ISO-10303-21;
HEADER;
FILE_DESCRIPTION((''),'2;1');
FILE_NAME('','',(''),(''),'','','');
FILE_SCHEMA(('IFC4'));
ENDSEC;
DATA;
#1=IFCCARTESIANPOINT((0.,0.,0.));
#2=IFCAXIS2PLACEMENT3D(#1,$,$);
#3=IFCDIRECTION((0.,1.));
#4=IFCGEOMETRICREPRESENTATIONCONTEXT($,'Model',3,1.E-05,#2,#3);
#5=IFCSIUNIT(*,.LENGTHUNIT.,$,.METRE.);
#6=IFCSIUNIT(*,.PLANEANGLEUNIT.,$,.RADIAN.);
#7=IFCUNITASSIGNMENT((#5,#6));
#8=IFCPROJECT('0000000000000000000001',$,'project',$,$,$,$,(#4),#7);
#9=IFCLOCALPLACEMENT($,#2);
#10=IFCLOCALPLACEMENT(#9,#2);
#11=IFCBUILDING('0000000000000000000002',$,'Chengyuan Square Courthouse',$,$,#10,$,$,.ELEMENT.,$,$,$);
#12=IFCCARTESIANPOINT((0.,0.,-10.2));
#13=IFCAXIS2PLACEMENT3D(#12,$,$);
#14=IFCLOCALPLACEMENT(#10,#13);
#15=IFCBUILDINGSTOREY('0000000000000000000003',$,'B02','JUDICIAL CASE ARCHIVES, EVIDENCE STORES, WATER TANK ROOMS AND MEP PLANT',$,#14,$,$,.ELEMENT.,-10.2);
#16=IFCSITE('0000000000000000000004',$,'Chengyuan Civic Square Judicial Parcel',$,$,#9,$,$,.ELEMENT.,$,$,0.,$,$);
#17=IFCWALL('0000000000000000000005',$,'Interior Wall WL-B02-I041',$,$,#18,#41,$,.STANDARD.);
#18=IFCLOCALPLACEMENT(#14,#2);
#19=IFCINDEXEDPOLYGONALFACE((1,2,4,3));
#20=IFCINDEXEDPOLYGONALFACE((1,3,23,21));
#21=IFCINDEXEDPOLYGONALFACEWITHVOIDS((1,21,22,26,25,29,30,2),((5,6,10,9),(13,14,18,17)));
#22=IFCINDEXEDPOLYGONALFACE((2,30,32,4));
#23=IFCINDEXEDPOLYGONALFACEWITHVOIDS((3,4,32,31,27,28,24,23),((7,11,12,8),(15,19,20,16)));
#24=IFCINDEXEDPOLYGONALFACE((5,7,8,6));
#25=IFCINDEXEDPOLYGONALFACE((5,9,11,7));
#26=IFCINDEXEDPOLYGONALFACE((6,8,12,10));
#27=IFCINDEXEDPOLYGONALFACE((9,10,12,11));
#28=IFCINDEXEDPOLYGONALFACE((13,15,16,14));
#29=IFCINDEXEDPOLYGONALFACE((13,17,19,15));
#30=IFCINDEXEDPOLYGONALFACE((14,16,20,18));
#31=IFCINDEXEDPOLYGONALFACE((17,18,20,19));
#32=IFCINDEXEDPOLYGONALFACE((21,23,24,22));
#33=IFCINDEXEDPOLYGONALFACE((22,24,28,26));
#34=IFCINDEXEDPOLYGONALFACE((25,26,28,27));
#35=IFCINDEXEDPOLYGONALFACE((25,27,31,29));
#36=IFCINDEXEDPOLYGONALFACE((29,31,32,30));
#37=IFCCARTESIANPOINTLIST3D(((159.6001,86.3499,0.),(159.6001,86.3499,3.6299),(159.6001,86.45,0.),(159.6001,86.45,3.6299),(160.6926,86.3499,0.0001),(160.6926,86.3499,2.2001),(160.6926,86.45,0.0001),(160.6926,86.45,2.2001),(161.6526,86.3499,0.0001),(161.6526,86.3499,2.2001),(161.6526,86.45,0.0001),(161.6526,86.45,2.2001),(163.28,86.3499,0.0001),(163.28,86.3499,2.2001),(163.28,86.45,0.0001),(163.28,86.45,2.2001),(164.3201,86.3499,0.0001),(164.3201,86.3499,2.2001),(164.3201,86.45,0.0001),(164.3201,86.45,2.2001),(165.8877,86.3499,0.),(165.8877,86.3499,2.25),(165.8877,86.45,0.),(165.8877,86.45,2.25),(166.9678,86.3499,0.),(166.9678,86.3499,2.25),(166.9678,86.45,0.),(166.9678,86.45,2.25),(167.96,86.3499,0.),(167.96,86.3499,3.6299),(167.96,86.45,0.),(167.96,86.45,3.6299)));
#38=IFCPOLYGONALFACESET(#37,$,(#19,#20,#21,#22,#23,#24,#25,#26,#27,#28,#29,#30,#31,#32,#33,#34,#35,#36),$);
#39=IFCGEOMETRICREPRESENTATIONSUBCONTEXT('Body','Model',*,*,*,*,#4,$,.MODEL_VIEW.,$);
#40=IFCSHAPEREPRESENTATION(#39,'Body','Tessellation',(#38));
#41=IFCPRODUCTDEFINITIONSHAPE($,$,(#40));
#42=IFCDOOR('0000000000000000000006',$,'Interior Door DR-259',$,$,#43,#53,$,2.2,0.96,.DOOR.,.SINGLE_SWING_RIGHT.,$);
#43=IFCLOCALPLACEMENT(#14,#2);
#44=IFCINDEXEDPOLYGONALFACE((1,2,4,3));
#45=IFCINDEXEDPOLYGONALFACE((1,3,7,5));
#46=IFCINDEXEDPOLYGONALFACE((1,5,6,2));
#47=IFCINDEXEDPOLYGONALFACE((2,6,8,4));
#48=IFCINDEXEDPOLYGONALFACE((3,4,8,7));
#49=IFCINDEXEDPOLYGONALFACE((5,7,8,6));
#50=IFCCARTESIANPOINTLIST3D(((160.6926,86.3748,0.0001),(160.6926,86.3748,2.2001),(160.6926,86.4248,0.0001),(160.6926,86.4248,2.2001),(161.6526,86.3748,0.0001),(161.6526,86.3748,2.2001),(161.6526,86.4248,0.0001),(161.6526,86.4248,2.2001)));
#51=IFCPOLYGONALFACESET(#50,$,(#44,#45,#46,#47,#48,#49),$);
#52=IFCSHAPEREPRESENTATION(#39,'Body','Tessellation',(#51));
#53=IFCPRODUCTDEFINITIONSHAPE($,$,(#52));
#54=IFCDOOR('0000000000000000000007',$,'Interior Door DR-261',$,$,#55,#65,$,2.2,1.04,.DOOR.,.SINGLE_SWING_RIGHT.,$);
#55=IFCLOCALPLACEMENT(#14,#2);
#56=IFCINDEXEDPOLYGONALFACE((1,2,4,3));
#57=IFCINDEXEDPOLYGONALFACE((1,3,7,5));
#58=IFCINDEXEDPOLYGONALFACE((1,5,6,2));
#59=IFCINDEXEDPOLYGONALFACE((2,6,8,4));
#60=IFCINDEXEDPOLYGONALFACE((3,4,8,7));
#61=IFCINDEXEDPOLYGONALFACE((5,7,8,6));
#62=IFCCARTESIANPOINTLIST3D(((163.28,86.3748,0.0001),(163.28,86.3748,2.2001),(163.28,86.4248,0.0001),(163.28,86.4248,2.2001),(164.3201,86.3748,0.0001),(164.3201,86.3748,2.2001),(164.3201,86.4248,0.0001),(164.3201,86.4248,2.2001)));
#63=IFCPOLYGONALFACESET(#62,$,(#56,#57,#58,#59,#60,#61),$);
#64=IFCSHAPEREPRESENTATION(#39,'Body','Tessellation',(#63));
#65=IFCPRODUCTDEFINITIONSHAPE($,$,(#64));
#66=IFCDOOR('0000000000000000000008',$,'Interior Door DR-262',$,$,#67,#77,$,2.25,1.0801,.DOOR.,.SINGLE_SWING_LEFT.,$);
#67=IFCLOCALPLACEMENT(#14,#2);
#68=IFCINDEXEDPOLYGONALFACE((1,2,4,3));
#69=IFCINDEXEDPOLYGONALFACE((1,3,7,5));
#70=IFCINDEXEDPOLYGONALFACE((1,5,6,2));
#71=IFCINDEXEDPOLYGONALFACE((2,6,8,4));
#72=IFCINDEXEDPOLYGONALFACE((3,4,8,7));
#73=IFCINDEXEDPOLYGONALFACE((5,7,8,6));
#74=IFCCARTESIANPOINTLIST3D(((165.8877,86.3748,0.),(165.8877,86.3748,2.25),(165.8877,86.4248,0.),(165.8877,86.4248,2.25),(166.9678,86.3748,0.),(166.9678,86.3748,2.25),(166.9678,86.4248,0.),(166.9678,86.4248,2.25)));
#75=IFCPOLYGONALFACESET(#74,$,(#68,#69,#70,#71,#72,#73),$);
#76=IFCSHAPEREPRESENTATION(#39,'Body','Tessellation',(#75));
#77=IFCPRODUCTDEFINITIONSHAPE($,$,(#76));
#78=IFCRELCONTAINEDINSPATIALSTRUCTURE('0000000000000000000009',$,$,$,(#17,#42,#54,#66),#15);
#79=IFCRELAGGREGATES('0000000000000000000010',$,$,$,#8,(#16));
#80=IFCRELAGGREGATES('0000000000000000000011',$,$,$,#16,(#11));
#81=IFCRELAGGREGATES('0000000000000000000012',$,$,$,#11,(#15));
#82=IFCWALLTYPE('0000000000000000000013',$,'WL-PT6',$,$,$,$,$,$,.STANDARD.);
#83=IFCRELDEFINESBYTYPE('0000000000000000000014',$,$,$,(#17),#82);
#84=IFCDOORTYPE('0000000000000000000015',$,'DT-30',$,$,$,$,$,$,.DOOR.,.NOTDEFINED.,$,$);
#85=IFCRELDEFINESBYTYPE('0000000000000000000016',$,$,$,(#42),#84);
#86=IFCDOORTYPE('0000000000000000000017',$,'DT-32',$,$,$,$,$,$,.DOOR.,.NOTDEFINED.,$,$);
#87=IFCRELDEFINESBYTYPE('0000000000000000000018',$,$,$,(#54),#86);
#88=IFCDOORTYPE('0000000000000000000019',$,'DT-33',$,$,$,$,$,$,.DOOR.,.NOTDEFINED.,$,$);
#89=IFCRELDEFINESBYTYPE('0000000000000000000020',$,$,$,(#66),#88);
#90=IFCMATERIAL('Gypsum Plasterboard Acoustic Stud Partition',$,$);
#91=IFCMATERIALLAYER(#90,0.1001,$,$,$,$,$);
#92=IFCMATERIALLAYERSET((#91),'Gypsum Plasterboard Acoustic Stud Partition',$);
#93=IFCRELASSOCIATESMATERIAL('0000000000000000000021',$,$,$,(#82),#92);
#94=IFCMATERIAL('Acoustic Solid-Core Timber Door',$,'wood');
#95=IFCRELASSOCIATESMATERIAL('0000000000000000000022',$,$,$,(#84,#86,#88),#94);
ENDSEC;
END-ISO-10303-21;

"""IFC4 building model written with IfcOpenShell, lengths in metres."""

from ifc_helpers import new_model, si_unit, direction, frame, frame_2d, origin, place, context, subcontext, project, spatial, rectangle, extrude, material, layer, layer_set, type_object, element, fill, save


model = new_model("IFC4")

# Units and contexts
model_context = context("Model", 3, precision=1e-05, world=origin(), true_north=direction((0.0, 1.0)))
body_context = subcontext(model_context, "Body", "Model", "MODEL_VIEW")
ifc_project = project(units=[si_unit("LENGTHUNIT", "METRE"), si_unit("PLANEANGLEUNIT", "RADIAN")], contexts=[model_context])

# Site, building, storey
site_placement = place(None, origin())
site = spatial("IfcSite", under=ifc_project, at=site_placement, Name="Chengyuan Civic Square Judicial Parcel", CompositionType="ELEMENT", RefElevation=0.0)
building_placement = place(site_placement, origin())
building = spatial("IfcBuilding", under=site, at=building_placement, Name="Chengyuan Square Courthouse", CompositionType="ELEMENT")
storey_placement = place(building_placement, frame((0.0, 0.0, -10.2)))
storey = spatial("IfcBuildingStorey", under=building, at=storey_placement, Name="B02", Description="JUDICIAL CASE ARCHIVES, EVIDENCE STORES, WATER TANK ROOMS AND MEP PLANT", CompositionType="ELEMENT", Elevation=-10.2)

# Wall, openings, doors
ifc_material_1 = material(Name="Gypsum Plasterboard Acoustic Stud Partition")
ifc_layer_1 = layer(ifc_material_1, 0.1001)
ifc_layer_set_1 = layer_set([ifc_layer_1], Name="Gypsum Plasterboard Acoustic Stud Partition")
wall_type_1 = type_object("IfcWallType", Name="WL-PT6", PredefinedType="STANDARD", material=ifc_layer_set_1)
wall_1_placement = place(storey_placement, frame((159.6001, 86.3999, 0.0), z_axis=(0.0, 0.0, 1.0), x_axis=(1.0, 0.0, 0.0)))
wall_1 = element("IfcWall", 1, at=wall_1_placement, inside=storey, type_object=wall_type_1, Name="Interior Wall WL-B02-I041", PredefinedType="STANDARD", context=body_context, shape_type="SweptSolid", body=[
    extrude(rectangle(XDim=8.3599, YDim=0.1001, at=frame_2d((4.1799, 0.0))), origin(), (0.0, 0.0, 1.0), 3.6299),
])
opening_1_placement = place(wall_1_placement, frame((1.0925, 0.0, 0.0)))
opening_1 = element("IfcOpeningElement", 2, at=opening_1_placement, cuts=wall_1, PredefinedType="OPENING", context=body_context, shape_type="SweptSolid", body=[
    extrude(rectangle(XDim=0.96, YDim=2.2, at=frame_2d((0.48, 1.1001))), frame((0.0, 0.062, 0.0), z_axis=(0.0, -1.0, 0.0), x_axis=(1.0, 0.0, 0.0)), (0.0, 0.0, 1.0), 0.124),
])
opening_2_placement = place(wall_1_placement, frame((3.6799, 0.0, 0.0)))
opening_2 = element("IfcOpeningElement", 3, at=opening_2_placement, cuts=wall_1, PredefinedType="OPENING", context=body_context, shape_type="SweptSolid", body=[
    extrude(rectangle(XDim=1.04, YDim=2.2, at=frame_2d((0.52, 1.1001))), frame((0.0, 0.062, 0.0), z_axis=(0.0, -1.0, 0.0), x_axis=(1.0, 0.0, 0.0)), (0.0, 0.0, 1.0), 0.124),
])
opening_3_placement = place(wall_1_placement, frame((6.2876, 0.0, 0.0)))
opening_3 = element("IfcOpeningElement", 4, at=opening_3_placement, cuts=wall_1, PredefinedType="OPENING", context=body_context, shape_type="SweptSolid", body=[
    extrude(rectangle(XDim=1.0801, YDim=2.25, at=frame_2d((0.54, 1.125))), frame((0.0, 0.062, 0.0), z_axis=(0.0, -1.0, 0.0), x_axis=(1.0, 0.0, 0.0)), (0.0, 0.0, 1.0), 0.124),
])
ifc_material_2 = material(Name="Acoustic Solid-Core Timber Door", Category="wood")
door_type_1 = type_object("IfcDoorType", Name="DT-30", OperationType="NOTDEFINED", PredefinedType="DOOR", material=ifc_material_2)
door_1_placement = place(opening_1_placement, origin())
door_1 = element("IfcDoor", 5, at=door_1_placement, inside=storey, type_object=door_type_1, Name="Interior Door DR-259", OperationType="SINGLE_SWING_RIGHT", OverallHeight=2.2, OverallWidth=0.96, PredefinedType="DOOR", context=body_context, shape_type="SweptSolid", body=[
    extrude(rectangle(XDim=0.96, YDim=2.2, at=frame_2d((0.48, 1.1001))), frame((0.0, 0.0249, 0.0), z_axis=(0.0, -1.0, 0.0), x_axis=(1.0, 0.0, 0.0)), (0.0, 0.0, 1.0), 0.05),
])
fill(opening_1, door_1)
door_type_2 = type_object("IfcDoorType", Name="DT-32", OperationType="NOTDEFINED", PredefinedType="DOOR", material=ifc_material_2)
door_2_placement = place(opening_2_placement, origin())
door_2 = element("IfcDoor", 6, at=door_2_placement, inside=storey, type_object=door_type_2, Name="Interior Door DR-261", OperationType="SINGLE_SWING_RIGHT", OverallHeight=2.2, OverallWidth=1.04, PredefinedType="DOOR", context=body_context, shape_type="SweptSolid", body=[
    extrude(rectangle(XDim=1.04, YDim=2.2, at=frame_2d((0.52, 1.1001))), frame((0.0, 0.0249, 0.0), z_axis=(0.0, -1.0, 0.0), x_axis=(1.0, 0.0, 0.0)), (0.0, 0.0, 1.0), 0.05),
])
fill(opening_2, door_2)
door_type_3 = type_object("IfcDoorType", Name="DT-33", OperationType="NOTDEFINED", PredefinedType="DOOR", material=ifc_material_2)
door_3_placement = place(opening_3_placement, origin())
door_3 = element("IfcDoor", 7, at=door_3_placement, inside=storey, type_object=door_type_3, Name="Interior Door DR-262", OperationType="SINGLE_SWING_LEFT", OverallHeight=2.25, OverallWidth=1.0801, PredefinedType="DOOR", context=body_context, shape_type="SweptSolid", body=[
    extrude(rectangle(XDim=1.0801, YDim=2.25, at=frame_2d((0.54, 1.125))), frame((0.0, 0.0249, 0.0), z_axis=(0.0, -1.0, 0.0), x_axis=(1.0, 0.0, 0.0)), (0.0, 0.0, 1.0), 0.05),
])
fill(opening_3, door_3)

save(model, "model.ifc")
